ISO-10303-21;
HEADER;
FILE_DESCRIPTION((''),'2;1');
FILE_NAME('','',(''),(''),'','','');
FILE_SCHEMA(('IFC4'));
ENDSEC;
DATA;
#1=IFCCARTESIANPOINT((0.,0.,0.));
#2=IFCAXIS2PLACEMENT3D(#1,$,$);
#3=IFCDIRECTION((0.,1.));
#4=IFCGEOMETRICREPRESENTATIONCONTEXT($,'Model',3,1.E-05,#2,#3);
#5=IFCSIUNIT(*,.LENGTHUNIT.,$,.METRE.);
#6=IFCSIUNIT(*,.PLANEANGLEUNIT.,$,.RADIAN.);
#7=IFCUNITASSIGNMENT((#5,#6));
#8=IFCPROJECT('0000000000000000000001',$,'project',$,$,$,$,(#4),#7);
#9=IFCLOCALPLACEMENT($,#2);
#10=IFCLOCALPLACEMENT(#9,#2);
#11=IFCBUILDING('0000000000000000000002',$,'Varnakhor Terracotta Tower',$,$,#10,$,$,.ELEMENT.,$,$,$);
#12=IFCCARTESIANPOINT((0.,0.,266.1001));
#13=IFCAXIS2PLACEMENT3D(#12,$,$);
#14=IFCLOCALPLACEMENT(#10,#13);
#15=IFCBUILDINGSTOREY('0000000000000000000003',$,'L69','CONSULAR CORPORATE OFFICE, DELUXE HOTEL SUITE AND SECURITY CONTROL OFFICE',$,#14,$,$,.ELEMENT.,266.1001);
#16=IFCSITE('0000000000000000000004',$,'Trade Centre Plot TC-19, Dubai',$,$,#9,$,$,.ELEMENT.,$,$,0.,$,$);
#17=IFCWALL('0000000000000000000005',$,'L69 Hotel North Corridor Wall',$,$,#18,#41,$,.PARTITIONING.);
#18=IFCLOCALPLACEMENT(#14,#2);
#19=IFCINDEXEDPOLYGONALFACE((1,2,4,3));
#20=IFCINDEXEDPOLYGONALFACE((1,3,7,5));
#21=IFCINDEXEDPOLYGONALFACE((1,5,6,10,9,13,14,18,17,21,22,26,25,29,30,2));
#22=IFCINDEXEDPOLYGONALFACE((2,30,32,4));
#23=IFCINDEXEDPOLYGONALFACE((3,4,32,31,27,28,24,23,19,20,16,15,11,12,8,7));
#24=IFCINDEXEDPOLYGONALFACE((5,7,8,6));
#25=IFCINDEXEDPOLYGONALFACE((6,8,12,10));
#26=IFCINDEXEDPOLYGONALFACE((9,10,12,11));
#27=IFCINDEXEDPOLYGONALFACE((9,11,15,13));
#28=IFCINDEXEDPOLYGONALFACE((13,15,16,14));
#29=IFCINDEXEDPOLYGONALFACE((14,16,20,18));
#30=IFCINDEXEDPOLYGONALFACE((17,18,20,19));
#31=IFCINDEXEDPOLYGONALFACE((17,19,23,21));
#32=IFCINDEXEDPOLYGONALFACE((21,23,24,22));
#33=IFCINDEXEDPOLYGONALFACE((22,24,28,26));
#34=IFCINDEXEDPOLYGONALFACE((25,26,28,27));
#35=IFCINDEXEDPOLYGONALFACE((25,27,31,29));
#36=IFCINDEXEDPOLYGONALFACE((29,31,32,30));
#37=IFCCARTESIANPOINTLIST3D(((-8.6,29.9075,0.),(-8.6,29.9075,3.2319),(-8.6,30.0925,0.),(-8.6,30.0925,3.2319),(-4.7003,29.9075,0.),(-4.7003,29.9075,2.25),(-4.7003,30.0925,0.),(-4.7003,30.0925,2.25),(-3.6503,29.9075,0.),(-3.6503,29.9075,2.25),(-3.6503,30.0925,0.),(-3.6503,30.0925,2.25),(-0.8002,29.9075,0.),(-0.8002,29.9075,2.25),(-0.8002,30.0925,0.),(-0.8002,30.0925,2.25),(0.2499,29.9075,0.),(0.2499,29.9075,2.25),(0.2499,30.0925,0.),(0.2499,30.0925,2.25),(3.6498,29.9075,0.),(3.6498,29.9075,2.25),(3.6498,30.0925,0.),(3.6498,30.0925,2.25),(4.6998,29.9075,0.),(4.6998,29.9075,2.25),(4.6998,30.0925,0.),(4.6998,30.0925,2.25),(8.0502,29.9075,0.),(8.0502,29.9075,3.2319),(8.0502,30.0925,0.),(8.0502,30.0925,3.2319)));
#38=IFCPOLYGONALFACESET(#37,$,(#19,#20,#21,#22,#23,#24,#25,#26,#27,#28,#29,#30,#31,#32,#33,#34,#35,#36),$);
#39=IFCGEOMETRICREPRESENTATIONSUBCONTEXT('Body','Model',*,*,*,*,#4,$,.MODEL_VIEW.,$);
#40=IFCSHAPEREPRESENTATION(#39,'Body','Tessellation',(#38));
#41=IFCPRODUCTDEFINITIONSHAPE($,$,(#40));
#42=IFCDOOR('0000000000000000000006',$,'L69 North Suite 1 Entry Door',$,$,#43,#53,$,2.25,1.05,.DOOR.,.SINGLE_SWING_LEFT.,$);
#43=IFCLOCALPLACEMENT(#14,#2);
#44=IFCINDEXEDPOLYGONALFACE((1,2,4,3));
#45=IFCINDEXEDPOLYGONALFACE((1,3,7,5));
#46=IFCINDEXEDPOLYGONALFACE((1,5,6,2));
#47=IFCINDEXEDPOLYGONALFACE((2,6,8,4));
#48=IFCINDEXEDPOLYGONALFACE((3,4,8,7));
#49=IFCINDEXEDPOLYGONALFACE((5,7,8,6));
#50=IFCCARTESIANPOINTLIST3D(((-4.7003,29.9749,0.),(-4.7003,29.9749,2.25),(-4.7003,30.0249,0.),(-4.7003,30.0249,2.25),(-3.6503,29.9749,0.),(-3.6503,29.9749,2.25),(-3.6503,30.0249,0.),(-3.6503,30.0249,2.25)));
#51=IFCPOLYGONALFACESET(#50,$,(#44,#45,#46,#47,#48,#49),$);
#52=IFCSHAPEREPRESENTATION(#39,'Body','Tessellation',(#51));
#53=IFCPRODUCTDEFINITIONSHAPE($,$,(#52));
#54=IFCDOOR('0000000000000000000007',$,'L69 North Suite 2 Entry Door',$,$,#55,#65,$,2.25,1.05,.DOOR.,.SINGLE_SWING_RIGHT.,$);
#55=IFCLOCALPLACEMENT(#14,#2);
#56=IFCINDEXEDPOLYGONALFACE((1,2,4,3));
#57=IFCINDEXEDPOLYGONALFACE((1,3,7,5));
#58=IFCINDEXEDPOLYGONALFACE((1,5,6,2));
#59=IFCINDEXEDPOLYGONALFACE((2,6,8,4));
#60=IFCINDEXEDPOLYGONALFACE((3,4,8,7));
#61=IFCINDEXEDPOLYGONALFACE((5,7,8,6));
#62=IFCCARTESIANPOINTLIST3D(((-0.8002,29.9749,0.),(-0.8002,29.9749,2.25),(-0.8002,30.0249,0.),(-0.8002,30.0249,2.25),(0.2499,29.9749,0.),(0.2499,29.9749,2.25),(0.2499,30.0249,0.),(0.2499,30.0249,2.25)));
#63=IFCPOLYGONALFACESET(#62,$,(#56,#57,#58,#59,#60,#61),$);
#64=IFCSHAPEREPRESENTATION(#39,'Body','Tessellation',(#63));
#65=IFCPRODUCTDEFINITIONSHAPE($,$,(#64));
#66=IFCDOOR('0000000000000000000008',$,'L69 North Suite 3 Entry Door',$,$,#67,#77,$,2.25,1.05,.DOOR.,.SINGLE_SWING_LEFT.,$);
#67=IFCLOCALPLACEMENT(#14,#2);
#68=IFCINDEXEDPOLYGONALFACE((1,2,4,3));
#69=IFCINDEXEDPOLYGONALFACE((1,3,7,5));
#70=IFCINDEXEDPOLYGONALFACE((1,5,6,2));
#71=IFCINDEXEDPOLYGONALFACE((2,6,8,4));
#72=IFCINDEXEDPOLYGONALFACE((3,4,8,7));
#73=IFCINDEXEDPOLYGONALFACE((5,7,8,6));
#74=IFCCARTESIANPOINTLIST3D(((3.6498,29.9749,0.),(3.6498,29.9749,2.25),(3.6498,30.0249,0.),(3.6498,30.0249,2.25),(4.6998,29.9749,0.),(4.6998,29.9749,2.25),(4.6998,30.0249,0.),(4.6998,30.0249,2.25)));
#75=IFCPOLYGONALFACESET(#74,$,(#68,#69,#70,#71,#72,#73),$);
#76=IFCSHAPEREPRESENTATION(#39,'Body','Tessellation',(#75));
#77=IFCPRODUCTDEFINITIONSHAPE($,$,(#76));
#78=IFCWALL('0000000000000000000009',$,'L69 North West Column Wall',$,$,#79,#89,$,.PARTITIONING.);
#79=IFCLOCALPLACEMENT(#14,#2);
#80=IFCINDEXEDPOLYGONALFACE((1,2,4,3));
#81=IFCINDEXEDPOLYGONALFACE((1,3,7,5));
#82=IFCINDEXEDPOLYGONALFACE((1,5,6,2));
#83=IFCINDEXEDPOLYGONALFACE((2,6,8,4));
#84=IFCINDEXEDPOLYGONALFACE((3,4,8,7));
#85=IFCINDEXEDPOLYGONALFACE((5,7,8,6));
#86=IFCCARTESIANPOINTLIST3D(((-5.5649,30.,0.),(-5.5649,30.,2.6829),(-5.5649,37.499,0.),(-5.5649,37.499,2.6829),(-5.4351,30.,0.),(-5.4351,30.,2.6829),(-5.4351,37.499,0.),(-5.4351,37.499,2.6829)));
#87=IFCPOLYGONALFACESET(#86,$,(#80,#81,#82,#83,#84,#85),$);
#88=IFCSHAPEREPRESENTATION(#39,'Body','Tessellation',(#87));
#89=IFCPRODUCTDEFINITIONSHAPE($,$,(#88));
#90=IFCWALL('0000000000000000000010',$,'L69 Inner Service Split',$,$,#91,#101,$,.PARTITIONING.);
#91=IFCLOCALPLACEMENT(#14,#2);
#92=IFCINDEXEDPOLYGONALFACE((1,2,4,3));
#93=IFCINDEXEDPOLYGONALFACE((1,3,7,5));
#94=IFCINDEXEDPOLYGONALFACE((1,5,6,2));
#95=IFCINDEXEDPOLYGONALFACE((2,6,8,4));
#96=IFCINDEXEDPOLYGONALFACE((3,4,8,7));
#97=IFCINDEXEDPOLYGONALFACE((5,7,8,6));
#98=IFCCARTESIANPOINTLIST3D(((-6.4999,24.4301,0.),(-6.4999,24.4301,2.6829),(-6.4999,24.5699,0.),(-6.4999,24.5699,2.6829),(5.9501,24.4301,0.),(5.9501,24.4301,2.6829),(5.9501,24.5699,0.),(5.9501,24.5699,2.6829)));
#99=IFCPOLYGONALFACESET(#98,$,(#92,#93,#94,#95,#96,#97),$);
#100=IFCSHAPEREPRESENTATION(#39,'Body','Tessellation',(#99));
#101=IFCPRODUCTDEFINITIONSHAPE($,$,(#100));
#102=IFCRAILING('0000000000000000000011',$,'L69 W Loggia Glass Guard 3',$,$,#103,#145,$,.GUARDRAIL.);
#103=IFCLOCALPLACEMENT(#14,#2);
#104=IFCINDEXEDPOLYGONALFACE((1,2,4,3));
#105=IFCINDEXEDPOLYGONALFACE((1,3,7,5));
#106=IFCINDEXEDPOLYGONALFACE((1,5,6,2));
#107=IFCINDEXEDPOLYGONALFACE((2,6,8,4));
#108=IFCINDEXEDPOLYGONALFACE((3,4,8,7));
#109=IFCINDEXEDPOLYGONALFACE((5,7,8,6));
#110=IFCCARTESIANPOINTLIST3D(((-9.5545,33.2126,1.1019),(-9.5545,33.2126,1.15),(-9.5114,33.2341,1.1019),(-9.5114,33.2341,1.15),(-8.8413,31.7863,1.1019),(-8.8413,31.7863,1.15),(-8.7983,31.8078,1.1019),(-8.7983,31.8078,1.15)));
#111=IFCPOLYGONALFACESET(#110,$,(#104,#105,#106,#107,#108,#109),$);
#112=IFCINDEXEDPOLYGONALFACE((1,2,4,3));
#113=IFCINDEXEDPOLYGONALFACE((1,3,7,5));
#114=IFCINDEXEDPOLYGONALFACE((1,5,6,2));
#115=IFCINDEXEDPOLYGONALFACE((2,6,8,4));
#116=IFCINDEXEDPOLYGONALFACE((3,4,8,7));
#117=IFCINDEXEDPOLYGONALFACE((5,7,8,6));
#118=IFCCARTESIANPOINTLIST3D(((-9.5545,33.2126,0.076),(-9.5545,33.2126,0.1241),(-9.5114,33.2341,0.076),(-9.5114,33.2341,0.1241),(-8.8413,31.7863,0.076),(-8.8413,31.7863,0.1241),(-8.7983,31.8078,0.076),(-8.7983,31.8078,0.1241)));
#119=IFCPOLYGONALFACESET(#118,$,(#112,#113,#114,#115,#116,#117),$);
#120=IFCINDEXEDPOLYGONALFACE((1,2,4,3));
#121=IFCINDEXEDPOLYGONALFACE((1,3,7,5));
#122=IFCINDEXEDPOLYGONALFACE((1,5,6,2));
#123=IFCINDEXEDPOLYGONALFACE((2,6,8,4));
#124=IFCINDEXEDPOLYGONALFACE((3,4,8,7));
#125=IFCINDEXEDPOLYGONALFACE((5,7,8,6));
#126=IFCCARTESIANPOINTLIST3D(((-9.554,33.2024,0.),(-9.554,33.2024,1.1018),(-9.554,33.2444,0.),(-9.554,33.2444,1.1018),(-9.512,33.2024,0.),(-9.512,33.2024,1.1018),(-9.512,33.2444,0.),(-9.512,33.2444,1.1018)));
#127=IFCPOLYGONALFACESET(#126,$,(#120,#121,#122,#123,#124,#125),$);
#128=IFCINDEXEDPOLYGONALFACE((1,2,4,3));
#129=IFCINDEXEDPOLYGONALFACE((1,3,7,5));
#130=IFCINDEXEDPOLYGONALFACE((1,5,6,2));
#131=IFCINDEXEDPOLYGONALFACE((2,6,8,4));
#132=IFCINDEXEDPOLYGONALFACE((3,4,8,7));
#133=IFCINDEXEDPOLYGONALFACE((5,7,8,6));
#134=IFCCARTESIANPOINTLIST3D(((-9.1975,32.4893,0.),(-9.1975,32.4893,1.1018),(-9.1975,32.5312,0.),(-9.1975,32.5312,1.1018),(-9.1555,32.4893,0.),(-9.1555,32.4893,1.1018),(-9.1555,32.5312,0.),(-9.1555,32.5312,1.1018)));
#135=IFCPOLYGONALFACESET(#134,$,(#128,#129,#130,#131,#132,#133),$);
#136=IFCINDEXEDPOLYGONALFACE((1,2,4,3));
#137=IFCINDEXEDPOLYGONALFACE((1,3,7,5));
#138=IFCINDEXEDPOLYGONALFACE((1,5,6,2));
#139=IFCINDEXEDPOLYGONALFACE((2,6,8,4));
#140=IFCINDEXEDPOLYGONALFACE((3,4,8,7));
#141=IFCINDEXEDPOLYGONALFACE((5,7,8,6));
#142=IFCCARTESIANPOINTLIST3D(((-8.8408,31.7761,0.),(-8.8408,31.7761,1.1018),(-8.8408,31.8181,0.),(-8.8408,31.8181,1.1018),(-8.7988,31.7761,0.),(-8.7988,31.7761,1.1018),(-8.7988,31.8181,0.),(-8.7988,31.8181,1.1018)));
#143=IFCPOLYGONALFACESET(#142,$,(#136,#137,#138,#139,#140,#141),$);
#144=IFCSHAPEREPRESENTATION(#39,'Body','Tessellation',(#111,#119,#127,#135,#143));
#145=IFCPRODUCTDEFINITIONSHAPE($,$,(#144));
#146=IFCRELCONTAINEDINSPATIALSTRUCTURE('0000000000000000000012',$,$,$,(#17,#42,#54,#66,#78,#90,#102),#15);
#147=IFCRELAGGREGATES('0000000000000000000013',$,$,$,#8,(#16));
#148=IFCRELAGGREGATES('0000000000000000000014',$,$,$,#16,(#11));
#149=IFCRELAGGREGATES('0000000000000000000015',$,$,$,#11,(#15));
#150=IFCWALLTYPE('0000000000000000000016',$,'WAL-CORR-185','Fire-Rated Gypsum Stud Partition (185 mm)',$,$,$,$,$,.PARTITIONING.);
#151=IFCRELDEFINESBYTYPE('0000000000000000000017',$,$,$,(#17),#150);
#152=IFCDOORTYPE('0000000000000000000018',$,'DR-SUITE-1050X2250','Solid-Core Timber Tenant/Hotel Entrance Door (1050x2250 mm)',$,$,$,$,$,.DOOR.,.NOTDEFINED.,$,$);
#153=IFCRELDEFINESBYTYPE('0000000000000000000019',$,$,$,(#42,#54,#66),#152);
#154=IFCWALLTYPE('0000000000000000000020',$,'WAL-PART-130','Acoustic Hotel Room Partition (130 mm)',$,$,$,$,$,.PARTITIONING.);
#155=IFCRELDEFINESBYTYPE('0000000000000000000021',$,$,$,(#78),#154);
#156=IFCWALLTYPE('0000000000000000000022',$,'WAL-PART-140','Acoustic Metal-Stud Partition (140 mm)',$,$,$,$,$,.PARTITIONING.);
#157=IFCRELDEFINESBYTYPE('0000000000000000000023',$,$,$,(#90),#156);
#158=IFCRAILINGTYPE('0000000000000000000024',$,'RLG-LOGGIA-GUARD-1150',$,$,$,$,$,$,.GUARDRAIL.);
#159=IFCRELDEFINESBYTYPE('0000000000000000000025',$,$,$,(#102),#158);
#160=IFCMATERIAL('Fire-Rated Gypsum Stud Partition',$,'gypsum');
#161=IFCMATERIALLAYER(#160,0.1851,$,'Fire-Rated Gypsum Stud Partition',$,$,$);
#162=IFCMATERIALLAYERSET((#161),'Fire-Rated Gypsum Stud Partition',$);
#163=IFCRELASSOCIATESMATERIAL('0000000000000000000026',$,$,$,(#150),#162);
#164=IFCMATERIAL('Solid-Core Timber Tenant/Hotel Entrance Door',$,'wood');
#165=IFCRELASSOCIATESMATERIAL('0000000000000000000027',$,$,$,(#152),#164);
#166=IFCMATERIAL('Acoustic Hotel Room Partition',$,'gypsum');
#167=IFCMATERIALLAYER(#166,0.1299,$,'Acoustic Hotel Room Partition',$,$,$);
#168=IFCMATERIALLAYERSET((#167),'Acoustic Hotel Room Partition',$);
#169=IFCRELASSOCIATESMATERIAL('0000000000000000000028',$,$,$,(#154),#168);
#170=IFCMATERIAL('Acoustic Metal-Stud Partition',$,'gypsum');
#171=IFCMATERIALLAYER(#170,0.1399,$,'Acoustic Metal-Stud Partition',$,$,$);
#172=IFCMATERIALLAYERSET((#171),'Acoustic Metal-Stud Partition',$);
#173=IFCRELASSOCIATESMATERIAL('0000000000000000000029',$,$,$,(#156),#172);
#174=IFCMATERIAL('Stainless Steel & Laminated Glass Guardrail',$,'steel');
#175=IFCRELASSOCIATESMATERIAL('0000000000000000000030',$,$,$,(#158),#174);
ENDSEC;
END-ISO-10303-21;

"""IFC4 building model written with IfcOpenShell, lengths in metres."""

from ifc_helpers import new_model, si_unit, direction, frame, frame_2d, origin, origin_2d, place, context, subcontext, project, spatial, rectangle, extrude, source, transform, mapped, material, layer, layer_set, type_object, type_shapes, element, fill, save


model = new_model("IFC4")

# Units and contexts
model_context = context("Model", 3, precision=1e-05, world=origin(), true_north=direction((0.0, 1.0)))
body_context = subcontext(model_context, "Body", "Model", "MODEL_VIEW")
ifc_project = project(units=[si_unit("LENGTHUNIT", "METRE"), si_unit("PLANEANGLEUNIT", "RADIAN")], contexts=[model_context])

# Site, building, storey
site_placement = place(None, origin())
site = spatial("IfcSite", under=ifc_project, at=site_placement, Name="Trade Centre Plot TC-19, Dubai", CompositionType="ELEMENT", RefElevation=0.0)
building_placement = place(site_placement, origin())
building = spatial("IfcBuilding", under=site, at=building_placement, Name="Varnakhor Terracotta Tower", CompositionType="ELEMENT")
storey_placement = place(building_placement, frame((0.0, 0.0, 266.1001)))
storey = spatial("IfcBuildingStorey", under=building, at=storey_placement, Name="L69", Description="CONSULAR CORPORATE OFFICE, DELUXE HOTEL SUITE AND SECURITY CONTROL OFFICE", CompositionType="ELEMENT", Elevation=266.1001)

# Shared definitions
ifc_material_1 = material(Name="Fire-Rated Gypsum Stud Partition", Category="gypsum")
ifc_layer_1 = layer(ifc_material_1, 0.1851, Name="Fire-Rated Gypsum Stud Partition")
ifc_layer_set_1 = layer_set([ifc_layer_1], Name="Fire-Rated Gypsum Stud Partition")
wall_type_1 = type_object("IfcWallType", Name="WAL-CORR-185", Description="Fire-Rated Gypsum Stud Partition (185 mm)", PredefinedType="PARTITIONING", material=ifc_layer_set_1)

# Wall, openings, doors
wall_1_placement = place(storey_placement, frame((-8.6001, 30.0, 0.0), z_axis=(0.0, 0.0, 1.0), x_axis=(1.0, 0.0, 0.0)))
wall_1 = element("IfcWall", 1, at=wall_1_placement, inside=storey, type_object=wall_type_1, Name="L69 Hotel North Corridor Wall", PredefinedType="PARTITIONING", context=body_context, shape_type="SweptSolid", body=[
    extrude(rectangle(XDim=16.6501, YDim=0.1851, at=frame_2d((8.3252, 0.0))), origin(), (0.0, 0.0, 1.0), 3.2319),
])
opening_1_placement = place(wall_1_placement, frame((3.8999, 0.0, 0.0)))
opening_1 = element("IfcOpeningElement", 2, at=opening_1_placement, cuts=wall_1, PredefinedType="OPENING", context=body_context, shape_type="SweptSolid", body=[
    extrude(rectangle(XDim=1.05, YDim=2.25, at=frame_2d((0.5249, 1.125))), frame((0.0, 0.1025, 0.0), z_axis=(0.0, -1.0, 0.0), x_axis=(1.0, 0.0, 0.0)), (0.0, 0.0, 1.0), 0.2051),
])
opening_2_placement = place(wall_1_placement, frame((7.8, 0.0, 0.0)))
opening_2 = element("IfcOpeningElement", 3, at=opening_2_placement, cuts=wall_1, PredefinedType="OPENING", context=body_context, shape_type="SweptSolid", body=[
    extrude(rectangle(XDim=1.05, YDim=2.25, at=frame_2d((0.5249, 1.125))), frame((0.0, 0.1025, 0.0), z_axis=(0.0, -1.0, 0.0), x_axis=(1.0, 0.0, 0.0)), (0.0, 0.0, 1.0), 0.2051),
])
opening_3_placement = place(wall_1_placement, frame((12.25, 0.0, 0.0)))
opening_3 = element("IfcOpeningElement", 4, at=opening_3_placement, cuts=wall_1, PredefinedType="OPENING", context=body_context, shape_type="SweptSolid", body=[
    extrude(rectangle(XDim=1.05, YDim=2.25, at=frame_2d((0.5249, 1.125))), frame((0.0, 0.1025, 0.0), z_axis=(0.0, -1.0, 0.0), x_axis=(1.0, 0.0, 0.0)), (0.0, 0.0, 1.0), 0.2051),
])
ifc_material_2 = material(Name="Solid-Core Timber Tenant/Hotel Entrance Door", Category="wood")
door_type_1 = type_object("IfcDoorType", Name="DR-SUITE-1050X2250", Description="Solid-Core Timber Tenant/Hotel Entrance Door (1050x2250 mm)", OperationType="NOTDEFINED", PredefinedType="DOOR", material=ifc_material_2)
shared_shape_1 = source(origin(), body_context, "Body", "SweptSolid", [
    extrude(rectangle(XDim=1.05, YDim=2.25, at=frame_2d((0.5249, 1.125))), frame((0.0, 0.0249, 0.0), z_axis=(0.0, -1.0, 0.0), x_axis=(1.0, 0.0, 0.0)), (0.0, 0.0, 1.0), 0.05),
])
type_shapes(door_type_1, [shared_shape_1])
door_1_placement = place(opening_1_placement, origin())
door_1 = element("IfcDoor", 5, at=door_1_placement, inside=storey, type_object=door_type_1, Name="L69 North Suite 1 Entry Door", OperationType="SINGLE_SWING_LEFT", OverallHeight=2.25, OverallWidth=1.05, PredefinedType="DOOR", context=body_context, shape_type="MappedRepresentation", body=[
    mapped(shared_shape_1, transform((0.0, 0.0, 0.0), scale=1.0)),
])
fill(opening_1, door_1)
door_2_placement = place(opening_2_placement, origin())
door_2 = element("IfcDoor", 6, at=door_2_placement, inside=storey, type_object=door_type_1, Name="L69 North Suite 2 Entry Door", OperationType="SINGLE_SWING_RIGHT", OverallHeight=2.25, OverallWidth=1.05, PredefinedType="DOOR", context=body_context, shape_type="MappedRepresentation", body=[
    mapped(shared_shape_1, transform((0.0, 0.0, 0.0), scale=1.0)),
])
fill(opening_2, door_2)
door_3_placement = place(opening_3_placement, origin())
door_3 = element("IfcDoor", 7, at=door_3_placement, inside=storey, type_object=door_type_1, Name="L69 North Suite 3 Entry Door", OperationType="SINGLE_SWING_LEFT", OverallHeight=2.25, OverallWidth=1.05, PredefinedType="DOOR", context=body_context, shape_type="MappedRepresentation", body=[
    mapped(shared_shape_1, transform((0.0, 0.0, 0.0), scale=1.0)),
])
fill(opening_3, door_3)

# Walls
ifc_material_3 = material(Name="Acoustic Hotel Room Partition", Category="gypsum")
ifc_layer_2 = layer(ifc_material_3, 0.1299, Name="Acoustic Hotel Room Partition")
ifc_layer_set_2 = layer_set([ifc_layer_2], Name="Acoustic Hotel Room Partition")
wall_type_2 = type_object("IfcWallType", Name="WAL-PART-130", Description="Acoustic Hotel Room Partition (130 mm)", PredefinedType="PARTITIONING", material=ifc_layer_set_2)
wall_2_placement = place(storey_placement, frame((-5.5, 30.0, 0.0), z_axis=(0.0, 0.0, 1.0), x_axis=(0.0, 1.0, 0.0)))
element("IfcWall", 8, at=wall_2_placement, inside=storey, type_object=wall_type_2, Name="L69 North West Column Wall", PredefinedType="PARTITIONING", context=body_context, shape_type="SweptSolid", body=[
    extrude(rectangle(XDim=7.499, YDim=0.1299, at=frame_2d((3.7495, 0.0))), origin(), (0.0, 0.0, 1.0), 2.6829),
])
ifc_material_4 = material(Name="Acoustic Metal-Stud Partition", Category="gypsum")
ifc_layer_3 = layer(ifc_material_4, 0.1399, Name="Acoustic Metal-Stud Partition")
ifc_layer_set_3 = layer_set([ifc_layer_3], Name="Acoustic Metal-Stud Partition")
wall_type_3 = type_object("IfcWallType", Name="WAL-PART-140", Description="Acoustic Metal-Stud Partition (140 mm)", PredefinedType="PARTITIONING", material=ifc_layer_set_3)
wall_3_placement = place(storey_placement, frame((-6.5, 24.5, 0.0), z_axis=(0.0, 0.0, 1.0), x_axis=(1.0, 0.0, 0.0)))
element("IfcWall", 9, at=wall_3_placement, inside=storey, type_object=wall_type_3, Name="L69 Inner Service Split", PredefinedType="PARTITIONING", context=body_context, shape_type="SweptSolid", body=[
    extrude(rectangle(XDim=12.45, YDim=0.1399, at=frame_2d((6.2251, 0.0))), origin(), (0.0, 0.0, 1.0), 2.6829),
])

# Railing
ifc_material_5 = material(Name="Stainless Steel & Laminated Glass Guardrail", Category="steel")
railing_type = type_object("IfcRailingType", Name="RLG-LOGGIA-GUARD-1150", PredefinedType="GUARDRAIL", material=ifc_material_5)
railing_placement = place(storey_placement, frame((-9.533, 33.2234, 0.0)))
element("IfcRailing", 10, at=railing_placement, inside=storey, type_object=railing_type, Name="L69 W Loggia Glass Guard 3", PredefinedType="GUARDRAIL", context=body_context, shape_type="SweptSolid", body=[
    extrude(rectangle(XDim=0.0481, YDim=0.0481, at=origin_2d()), frame((0.0, 0.0, 1.126), z_axis=(0.447214, -0.894427, 0.0), x_axis=(0.894427, 0.447214, 0.0)), (0.0, 0.0, 1.0), 1.5947),
    extrude(rectangle(XDim=0.0481, YDim=0.0481, at=origin_2d()), frame((0.0, 0.0, 0.1001), z_axis=(0.447214, -0.894427, 0.0), x_axis=(0.894427, 0.447214, 0.0)), (0.0, 0.0, 1.0), 1.5947),
    extrude(rectangle(XDim=0.042, YDim=0.042, at=origin_2d()), origin(), (0.0, 0.0, 1.0), 1.1018),
    extrude(rectangle(XDim=0.042, YDim=0.042, at=origin_2d()), frame((0.3564, -0.7131, 0.0)), (0.0, 0.0, 1.0), 1.1018),
    extrude(rectangle(XDim=0.042, YDim=0.042, at=origin_2d()), frame((0.7131, -1.4263, 0.0)), (0.0, 0.0, 1.0), 1.1018),
])

save(model, "model.ifc")
